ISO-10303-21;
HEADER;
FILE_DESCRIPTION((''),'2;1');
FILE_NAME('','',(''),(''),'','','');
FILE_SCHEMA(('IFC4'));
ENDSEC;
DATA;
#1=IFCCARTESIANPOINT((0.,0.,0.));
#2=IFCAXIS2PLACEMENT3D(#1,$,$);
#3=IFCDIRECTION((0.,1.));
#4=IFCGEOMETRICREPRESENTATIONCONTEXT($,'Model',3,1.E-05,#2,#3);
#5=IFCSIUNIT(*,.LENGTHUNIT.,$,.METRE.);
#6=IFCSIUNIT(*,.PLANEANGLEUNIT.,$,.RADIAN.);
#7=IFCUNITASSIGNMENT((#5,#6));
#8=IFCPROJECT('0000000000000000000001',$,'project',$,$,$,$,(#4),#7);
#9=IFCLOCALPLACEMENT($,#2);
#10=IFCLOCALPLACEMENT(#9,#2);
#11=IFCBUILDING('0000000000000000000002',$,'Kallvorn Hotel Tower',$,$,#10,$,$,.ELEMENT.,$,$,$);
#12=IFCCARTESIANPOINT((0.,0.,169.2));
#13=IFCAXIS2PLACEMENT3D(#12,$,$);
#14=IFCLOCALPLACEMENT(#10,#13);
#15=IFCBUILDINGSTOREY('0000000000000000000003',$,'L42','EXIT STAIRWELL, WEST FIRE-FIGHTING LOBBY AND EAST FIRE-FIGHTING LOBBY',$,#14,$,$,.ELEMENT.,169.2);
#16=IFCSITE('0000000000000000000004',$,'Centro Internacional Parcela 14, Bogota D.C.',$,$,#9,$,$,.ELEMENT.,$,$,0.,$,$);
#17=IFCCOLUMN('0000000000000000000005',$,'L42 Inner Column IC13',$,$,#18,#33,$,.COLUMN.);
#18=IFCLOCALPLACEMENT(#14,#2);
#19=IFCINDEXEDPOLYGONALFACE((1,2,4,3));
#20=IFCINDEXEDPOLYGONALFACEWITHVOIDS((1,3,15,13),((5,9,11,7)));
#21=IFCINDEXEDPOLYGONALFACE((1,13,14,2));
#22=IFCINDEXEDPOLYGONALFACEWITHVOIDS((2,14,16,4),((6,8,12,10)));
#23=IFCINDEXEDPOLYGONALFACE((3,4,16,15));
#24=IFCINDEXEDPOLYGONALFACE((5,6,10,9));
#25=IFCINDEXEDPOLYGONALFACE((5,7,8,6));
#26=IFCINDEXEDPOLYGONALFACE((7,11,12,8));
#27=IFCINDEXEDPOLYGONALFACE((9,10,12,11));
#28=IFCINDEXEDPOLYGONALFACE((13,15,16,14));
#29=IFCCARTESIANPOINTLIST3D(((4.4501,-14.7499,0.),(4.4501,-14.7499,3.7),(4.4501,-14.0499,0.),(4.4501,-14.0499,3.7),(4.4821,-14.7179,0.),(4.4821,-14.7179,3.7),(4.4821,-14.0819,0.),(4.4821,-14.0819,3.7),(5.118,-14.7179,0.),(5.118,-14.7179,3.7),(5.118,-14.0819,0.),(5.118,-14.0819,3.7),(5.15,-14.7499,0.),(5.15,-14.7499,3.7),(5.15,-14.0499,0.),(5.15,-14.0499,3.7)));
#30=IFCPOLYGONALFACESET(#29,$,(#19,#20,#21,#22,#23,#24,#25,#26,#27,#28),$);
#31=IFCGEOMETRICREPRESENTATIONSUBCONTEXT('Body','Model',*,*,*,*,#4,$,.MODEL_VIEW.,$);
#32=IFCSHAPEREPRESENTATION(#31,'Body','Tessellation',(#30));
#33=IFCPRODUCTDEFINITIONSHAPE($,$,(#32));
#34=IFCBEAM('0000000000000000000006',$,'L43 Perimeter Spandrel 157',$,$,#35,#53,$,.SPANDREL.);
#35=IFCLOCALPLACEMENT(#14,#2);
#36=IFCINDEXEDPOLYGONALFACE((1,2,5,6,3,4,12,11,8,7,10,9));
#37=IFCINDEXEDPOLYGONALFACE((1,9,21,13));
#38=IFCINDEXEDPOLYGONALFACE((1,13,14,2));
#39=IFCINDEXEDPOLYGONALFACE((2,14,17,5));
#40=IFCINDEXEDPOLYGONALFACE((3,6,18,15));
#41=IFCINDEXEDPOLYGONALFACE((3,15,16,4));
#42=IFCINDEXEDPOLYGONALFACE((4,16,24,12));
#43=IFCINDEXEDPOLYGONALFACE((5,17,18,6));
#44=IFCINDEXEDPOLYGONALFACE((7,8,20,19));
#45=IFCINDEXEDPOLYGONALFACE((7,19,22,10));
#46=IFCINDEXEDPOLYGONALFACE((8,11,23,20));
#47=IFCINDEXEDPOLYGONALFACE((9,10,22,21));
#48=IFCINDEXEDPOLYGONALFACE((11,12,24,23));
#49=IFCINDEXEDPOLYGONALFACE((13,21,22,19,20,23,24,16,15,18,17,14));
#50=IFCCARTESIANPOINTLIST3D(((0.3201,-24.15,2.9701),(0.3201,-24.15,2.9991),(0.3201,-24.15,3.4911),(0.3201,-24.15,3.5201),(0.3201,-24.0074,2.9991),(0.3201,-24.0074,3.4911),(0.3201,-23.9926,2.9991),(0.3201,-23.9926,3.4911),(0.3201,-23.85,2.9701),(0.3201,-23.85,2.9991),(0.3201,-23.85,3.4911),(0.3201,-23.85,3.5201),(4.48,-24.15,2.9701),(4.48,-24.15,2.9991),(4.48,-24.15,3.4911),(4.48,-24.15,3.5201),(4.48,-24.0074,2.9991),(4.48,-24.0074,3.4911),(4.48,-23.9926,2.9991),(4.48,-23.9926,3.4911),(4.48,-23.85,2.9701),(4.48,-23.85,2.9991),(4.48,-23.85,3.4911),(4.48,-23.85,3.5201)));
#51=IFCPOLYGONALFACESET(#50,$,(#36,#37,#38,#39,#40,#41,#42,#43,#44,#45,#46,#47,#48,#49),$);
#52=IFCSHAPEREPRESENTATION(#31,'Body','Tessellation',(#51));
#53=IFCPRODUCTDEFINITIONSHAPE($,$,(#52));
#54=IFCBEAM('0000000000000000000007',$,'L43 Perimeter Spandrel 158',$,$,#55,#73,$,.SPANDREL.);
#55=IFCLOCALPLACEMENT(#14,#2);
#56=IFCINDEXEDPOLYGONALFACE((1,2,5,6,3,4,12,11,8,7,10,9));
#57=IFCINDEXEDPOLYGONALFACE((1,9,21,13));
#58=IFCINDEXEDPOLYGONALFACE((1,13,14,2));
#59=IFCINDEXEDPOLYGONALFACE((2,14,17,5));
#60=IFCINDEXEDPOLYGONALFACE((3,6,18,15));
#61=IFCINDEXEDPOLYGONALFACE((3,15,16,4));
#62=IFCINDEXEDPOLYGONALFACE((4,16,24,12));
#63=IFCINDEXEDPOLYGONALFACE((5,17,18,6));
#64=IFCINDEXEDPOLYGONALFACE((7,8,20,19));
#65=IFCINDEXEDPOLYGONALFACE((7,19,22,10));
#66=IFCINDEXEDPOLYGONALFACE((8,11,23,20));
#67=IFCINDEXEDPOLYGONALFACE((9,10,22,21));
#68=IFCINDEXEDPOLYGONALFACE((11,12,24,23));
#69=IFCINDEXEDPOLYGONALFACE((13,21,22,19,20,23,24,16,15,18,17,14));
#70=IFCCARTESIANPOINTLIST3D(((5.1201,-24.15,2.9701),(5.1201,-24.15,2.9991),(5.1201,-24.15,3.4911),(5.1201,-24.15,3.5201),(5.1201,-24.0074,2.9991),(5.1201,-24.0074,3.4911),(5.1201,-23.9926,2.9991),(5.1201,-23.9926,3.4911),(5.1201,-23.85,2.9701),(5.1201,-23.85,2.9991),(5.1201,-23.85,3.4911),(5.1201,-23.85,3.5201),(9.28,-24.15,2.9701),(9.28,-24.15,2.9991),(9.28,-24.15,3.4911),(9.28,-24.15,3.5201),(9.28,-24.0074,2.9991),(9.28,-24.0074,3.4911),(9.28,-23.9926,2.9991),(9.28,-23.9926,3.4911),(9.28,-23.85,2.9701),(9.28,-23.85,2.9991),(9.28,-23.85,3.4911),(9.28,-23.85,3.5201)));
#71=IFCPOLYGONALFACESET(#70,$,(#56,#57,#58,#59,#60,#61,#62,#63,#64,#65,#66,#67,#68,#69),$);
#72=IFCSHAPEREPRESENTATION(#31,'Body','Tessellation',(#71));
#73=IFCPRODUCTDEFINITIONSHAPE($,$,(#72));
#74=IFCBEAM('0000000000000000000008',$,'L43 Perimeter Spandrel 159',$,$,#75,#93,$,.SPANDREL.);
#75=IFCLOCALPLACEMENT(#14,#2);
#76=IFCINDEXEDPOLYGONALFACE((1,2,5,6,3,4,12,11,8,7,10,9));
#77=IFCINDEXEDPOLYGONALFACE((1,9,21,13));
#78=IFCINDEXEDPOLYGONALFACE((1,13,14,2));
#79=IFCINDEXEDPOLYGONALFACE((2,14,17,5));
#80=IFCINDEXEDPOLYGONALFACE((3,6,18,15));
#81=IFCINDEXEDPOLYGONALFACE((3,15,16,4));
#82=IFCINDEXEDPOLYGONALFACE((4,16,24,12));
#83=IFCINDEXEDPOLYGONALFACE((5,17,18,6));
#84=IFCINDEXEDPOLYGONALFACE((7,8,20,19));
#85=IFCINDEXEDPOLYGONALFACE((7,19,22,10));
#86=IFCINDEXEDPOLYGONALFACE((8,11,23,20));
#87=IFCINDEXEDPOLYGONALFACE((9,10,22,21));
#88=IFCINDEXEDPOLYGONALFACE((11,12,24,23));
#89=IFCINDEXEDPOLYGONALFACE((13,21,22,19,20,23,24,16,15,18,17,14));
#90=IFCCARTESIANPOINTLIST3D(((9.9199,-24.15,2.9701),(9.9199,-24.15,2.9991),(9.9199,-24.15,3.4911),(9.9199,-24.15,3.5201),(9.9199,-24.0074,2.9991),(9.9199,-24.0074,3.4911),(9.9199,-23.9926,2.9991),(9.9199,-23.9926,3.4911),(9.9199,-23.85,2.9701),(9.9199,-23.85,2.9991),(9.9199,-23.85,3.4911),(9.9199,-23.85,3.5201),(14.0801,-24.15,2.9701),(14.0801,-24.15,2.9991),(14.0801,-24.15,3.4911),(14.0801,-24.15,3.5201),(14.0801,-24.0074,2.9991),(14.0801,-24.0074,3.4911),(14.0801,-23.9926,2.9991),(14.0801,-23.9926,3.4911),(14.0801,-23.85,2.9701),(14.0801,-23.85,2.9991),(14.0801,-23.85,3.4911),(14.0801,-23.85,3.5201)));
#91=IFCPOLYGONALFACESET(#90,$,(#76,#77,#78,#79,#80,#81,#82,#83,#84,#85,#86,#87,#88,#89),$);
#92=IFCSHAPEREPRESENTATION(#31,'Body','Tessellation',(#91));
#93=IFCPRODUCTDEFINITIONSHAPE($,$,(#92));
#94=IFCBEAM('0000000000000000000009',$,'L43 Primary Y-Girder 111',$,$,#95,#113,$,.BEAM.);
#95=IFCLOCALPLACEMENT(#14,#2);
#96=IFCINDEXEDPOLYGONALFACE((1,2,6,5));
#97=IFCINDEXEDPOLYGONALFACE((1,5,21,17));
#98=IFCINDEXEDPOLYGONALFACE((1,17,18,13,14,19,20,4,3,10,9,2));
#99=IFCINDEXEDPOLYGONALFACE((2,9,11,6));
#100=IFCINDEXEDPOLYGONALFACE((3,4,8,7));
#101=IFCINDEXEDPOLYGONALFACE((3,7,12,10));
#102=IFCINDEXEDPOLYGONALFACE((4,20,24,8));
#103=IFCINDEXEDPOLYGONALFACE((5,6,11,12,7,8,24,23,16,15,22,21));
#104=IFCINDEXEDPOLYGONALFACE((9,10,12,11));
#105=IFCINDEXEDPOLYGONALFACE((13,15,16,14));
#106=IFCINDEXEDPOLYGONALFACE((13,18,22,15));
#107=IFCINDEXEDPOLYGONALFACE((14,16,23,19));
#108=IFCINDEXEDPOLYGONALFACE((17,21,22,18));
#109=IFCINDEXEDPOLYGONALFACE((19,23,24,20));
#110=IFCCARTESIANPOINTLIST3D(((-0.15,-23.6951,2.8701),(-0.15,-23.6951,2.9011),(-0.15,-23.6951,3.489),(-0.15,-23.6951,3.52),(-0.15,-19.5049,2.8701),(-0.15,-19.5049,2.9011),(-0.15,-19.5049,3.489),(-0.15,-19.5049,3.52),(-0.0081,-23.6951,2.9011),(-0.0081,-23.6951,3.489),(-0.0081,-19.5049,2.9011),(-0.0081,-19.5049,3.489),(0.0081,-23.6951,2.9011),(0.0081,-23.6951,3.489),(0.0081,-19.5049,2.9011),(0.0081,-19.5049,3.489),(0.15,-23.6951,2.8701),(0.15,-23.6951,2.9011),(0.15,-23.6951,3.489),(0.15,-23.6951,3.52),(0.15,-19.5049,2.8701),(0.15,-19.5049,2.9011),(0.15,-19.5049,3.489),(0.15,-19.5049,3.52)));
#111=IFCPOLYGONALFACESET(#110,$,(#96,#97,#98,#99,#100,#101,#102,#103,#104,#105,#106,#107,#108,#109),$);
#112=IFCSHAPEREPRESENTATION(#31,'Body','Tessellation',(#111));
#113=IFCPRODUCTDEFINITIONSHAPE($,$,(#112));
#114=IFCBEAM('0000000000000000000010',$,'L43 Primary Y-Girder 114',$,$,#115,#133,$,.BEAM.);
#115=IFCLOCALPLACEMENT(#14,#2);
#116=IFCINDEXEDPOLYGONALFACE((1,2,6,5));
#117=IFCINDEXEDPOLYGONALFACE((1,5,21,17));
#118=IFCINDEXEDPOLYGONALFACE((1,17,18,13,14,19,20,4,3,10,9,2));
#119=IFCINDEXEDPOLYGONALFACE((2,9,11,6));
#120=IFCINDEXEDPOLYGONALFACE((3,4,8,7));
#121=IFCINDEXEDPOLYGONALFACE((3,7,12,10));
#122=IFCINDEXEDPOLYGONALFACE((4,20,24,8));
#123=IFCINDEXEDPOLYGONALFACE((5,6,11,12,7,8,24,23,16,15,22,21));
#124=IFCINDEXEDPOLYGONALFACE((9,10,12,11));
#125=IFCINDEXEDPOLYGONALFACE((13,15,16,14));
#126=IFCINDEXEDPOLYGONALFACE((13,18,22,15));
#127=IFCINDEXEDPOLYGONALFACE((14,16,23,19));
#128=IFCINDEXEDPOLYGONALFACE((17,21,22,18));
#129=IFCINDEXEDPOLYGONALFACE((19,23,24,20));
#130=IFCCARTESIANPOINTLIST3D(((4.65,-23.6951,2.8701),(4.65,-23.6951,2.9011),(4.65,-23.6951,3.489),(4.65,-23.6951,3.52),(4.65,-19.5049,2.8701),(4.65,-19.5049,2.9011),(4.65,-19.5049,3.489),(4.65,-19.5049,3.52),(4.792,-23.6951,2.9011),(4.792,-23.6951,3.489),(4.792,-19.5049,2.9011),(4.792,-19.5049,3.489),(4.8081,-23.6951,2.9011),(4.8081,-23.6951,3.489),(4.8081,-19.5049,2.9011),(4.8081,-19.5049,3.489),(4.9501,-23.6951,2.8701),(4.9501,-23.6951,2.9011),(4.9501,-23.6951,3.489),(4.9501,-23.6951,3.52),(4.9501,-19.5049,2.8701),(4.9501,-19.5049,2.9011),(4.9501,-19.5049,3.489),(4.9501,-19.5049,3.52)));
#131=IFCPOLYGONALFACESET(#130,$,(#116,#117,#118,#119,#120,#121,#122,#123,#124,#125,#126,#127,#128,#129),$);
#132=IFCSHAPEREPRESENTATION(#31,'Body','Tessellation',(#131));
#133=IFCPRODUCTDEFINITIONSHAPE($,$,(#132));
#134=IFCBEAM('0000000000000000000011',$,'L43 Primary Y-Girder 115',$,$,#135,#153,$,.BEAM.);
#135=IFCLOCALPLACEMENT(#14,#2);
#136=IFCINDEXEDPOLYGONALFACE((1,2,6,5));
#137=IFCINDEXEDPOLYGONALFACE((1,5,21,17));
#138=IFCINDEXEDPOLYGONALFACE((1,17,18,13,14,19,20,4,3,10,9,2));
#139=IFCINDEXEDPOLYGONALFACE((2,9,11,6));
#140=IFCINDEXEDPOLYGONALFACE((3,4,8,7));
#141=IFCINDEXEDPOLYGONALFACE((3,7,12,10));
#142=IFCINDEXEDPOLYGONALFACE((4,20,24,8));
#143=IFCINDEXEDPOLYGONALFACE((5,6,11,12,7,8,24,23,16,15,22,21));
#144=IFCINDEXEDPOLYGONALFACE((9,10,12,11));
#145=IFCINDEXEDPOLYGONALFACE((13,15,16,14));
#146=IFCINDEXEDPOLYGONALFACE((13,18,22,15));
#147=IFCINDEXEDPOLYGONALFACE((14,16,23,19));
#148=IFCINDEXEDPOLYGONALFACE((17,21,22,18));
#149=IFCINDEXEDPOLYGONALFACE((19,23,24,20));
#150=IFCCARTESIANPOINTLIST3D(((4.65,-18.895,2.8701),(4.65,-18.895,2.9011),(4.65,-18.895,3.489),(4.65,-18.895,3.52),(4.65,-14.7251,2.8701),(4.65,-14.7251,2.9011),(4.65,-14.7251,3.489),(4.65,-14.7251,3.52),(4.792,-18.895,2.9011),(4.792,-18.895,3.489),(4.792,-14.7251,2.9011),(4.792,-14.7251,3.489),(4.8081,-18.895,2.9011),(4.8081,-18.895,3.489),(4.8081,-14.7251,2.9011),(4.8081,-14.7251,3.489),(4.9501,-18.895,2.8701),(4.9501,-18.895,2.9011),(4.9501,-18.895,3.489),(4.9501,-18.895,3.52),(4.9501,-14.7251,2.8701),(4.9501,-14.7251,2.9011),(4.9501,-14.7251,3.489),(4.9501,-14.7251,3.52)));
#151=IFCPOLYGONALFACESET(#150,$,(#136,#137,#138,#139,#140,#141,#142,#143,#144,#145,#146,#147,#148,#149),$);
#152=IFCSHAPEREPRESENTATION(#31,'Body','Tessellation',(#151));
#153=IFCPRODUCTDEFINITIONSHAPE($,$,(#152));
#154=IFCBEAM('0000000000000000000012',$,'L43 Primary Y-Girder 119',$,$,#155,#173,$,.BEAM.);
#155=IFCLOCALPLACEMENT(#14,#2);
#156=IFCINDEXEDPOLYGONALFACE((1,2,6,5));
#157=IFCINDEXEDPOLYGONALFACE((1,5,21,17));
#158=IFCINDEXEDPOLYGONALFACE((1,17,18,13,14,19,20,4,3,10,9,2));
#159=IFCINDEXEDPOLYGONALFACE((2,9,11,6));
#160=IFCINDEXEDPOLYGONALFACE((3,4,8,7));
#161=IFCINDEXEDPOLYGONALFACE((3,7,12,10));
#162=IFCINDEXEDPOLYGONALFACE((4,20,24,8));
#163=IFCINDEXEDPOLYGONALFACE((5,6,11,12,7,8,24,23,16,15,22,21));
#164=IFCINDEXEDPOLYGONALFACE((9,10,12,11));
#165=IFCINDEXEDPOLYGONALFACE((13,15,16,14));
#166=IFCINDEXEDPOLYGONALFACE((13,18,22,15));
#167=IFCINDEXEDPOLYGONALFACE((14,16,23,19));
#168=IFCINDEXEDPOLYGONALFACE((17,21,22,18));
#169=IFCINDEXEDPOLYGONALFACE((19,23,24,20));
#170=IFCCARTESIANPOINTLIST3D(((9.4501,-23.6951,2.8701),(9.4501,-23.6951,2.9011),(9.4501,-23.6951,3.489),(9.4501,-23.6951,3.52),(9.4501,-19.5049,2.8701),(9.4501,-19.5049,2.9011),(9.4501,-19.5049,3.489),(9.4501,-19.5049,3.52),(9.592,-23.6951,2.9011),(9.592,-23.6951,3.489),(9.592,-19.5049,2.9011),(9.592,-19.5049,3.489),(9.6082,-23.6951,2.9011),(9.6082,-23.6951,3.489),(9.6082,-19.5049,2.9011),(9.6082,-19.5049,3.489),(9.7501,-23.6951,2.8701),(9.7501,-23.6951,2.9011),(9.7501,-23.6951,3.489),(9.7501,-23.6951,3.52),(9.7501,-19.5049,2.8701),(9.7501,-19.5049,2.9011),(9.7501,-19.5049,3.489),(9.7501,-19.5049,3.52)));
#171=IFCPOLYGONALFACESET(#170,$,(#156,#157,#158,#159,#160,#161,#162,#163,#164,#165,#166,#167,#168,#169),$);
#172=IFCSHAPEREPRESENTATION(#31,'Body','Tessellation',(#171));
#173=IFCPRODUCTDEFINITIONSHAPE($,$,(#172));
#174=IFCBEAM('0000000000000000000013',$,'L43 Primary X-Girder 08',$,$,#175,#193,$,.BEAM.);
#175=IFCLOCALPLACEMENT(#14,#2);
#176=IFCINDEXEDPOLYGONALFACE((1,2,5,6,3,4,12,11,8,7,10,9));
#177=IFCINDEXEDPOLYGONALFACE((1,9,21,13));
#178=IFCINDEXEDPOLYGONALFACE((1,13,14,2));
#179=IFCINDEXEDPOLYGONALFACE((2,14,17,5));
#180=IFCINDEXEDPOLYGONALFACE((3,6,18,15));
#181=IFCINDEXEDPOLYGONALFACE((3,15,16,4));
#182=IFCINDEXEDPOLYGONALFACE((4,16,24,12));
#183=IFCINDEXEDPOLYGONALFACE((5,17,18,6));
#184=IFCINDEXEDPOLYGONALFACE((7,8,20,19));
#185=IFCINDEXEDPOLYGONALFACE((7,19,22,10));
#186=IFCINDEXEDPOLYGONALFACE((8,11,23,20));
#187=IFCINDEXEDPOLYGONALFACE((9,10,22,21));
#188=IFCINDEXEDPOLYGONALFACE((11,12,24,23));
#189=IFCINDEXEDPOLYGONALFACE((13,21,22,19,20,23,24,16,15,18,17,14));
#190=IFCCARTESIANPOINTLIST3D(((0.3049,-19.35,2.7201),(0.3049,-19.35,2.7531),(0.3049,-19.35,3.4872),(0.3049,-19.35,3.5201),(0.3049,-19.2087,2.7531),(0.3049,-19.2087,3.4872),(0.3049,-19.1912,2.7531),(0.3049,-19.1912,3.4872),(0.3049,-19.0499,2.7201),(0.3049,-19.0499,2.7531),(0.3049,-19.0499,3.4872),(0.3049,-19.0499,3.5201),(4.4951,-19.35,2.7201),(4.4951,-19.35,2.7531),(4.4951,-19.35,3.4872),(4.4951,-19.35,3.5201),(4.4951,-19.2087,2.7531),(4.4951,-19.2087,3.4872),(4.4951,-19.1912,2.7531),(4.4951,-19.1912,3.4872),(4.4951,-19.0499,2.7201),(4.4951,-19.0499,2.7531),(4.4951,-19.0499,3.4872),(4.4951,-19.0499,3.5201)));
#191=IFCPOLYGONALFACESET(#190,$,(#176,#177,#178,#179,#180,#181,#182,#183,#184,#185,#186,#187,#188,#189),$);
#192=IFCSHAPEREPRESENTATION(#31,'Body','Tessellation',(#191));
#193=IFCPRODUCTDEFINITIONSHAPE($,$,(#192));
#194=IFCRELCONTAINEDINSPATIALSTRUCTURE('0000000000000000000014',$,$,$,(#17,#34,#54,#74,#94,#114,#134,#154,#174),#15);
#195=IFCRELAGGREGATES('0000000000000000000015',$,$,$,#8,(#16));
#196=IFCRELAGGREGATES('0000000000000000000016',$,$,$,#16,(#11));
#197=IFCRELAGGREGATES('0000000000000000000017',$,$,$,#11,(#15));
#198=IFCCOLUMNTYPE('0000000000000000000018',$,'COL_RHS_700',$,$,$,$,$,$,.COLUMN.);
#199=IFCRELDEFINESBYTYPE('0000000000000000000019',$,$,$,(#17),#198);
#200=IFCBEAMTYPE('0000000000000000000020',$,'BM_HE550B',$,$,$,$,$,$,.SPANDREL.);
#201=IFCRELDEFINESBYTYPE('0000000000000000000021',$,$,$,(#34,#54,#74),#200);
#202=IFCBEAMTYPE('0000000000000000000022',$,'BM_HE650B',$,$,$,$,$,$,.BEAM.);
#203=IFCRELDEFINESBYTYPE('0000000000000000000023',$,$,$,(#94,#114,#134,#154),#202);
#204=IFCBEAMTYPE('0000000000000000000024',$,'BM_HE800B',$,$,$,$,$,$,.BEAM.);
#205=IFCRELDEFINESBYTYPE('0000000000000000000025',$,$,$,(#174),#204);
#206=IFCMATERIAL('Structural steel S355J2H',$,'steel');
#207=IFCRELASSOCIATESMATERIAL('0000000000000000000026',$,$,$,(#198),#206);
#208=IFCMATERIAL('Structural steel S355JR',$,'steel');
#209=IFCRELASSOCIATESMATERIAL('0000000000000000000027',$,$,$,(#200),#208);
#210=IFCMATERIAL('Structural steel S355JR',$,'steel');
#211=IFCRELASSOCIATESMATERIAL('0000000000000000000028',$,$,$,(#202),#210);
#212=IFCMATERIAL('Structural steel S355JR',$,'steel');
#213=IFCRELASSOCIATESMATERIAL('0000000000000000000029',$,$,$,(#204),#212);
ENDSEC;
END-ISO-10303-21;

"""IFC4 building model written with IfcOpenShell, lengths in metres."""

from ifc_helpers import new_model, si_unit, direction, frame, origin, origin_2d, place, context, subcontext, project, spatial, hollow_rectangle, i_section, extrude, material, material_profile, profile_set, type_object, element, save


model = new_model("IFC4")

# Units and contexts
model_context = context("Model", 3, precision=1e-05, world=origin(), true_north=direction((0.0, 1.0)))
body_context = subcontext(model_context, "Body", "Model", "MODEL_VIEW")
ifc_project = project(units=[si_unit("LENGTHUNIT", "METRE"), si_unit("PLANEANGLEUNIT", "RADIAN")], contexts=[model_context])

# Site, building, storey
site_placement = place(None, origin())
site = spatial("IfcSite", under=ifc_project, at=site_placement, Name="Centro Internacional Parcela 14, Bogota D.C.", CompositionType="ELEMENT", RefElevation=0.0)
building_placement = place(site_placement, origin())
building = spatial("IfcBuilding", under=site, at=building_placement, Name="Kallvorn Hotel Tower", CompositionType="ELEMENT")
storey_placement = place(building_placement, frame((0.0, 0.0, 169.2)))
storey = spatial("IfcBuildingStorey", under=building, at=storey_placement, Name="L42", Description="EXIT STAIRWELL, WEST FIRE-FIGHTING LOBBY AND EAST FIRE-FIGHTING LOBBY", CompositionType="ELEMENT", Elevation=169.2)

# Column
ifc_material_1 = material(Name="Structural steel S355J2H", Category="steel")
ifc_material_profile_1 = material_profile(ifc_material_1, hollow_rectangle(XDim=0.7, YDim=0.7, WallThickness=0.032, at=origin_2d()), Name="RHS 700x700x32")
ifc_profile_set_1 = profile_set([ifc_material_profile_1], Name="Structural steel S355J2H")
column_type_1 = type_object("IfcColumnType", Name="COL_RHS_700", PredefinedType="COLUMN", material=ifc_profile_set_1)
column_placement = place(storey_placement, frame((4.8, -14.3999, 0.0), z_axis=(0.0, 0.0, 1.0), x_axis=(1.0, 0.0, 0.0)))
element("IfcColumn", 1, at=column_placement, inside=storey, type_object=column_type_1, Name="L42 Inner Column IC13", PredefinedType="COLUMN", context=body_context, shape_type="SweptSolid", body=[
    extrude(hollow_rectangle(XDim=0.7, YDim=0.7, WallThickness=0.032, at=origin_2d()), origin(), (0.0, 0.0, 1.0), 3.7),
])

# Beams
ifc_material_2 = material(Name="Structural steel S355JR", Category="steel")
ifc_material_profile_2 = material_profile(ifc_material_2, i_section(OverallWidth=0.3, OverallDepth=0.55, WebThickness=0.0149, FlangeThickness=0.0291, at=origin_2d()), Name="HE 550 B")
ifc_profile_set_2 = profile_set([ifc_material_profile_2], Name="Structural steel S355JR")
beam_type_1 = type_object("IfcBeamType", Name="BM_HE550B", PredefinedType="SPANDREL", material=ifc_profile_set_2)
for number, where, z_axis, x_axis, name in (
    (2, (0.3201, -24.0, 3.2451), (1.0, 0.0, 0.0), (0.0, 1.0, 0.0), "L43 Perimeter Spandrel 157"),
    (3, (5.1201, -24.0, 3.2451), (1.0, 0.0, 0.0), (0.0, 1.0, 0.0), "L43 Perimeter Spandrel 158"),
):
    element("IfcBeam", number, at=place(storey_placement, frame(where, z_axis=z_axis, x_axis=x_axis)), inside=storey, type_object=beam_type_1, Name=name, PredefinedType="SPANDREL", context=body_context, shape_type="SweptSolid", body=[
        extrude(i_section(OverallWidth=0.3, OverallDepth=0.55, WebThickness=0.0149, FlangeThickness=0.0291, at=origin_2d()), origin(), (0.0, 0.0, 1.0), 4.1599),
    ])
beam_1_placement = place(storey_placement, frame((9.9199, -24.0, 3.2451), z_axis=(1.0, 0.0, 0.0), x_axis=(0.0, 1.0, 0.0)))
element("IfcBeam", 4, at=beam_1_placement, inside=storey, type_object=beam_type_1, Name="L43 Perimeter Spandrel 159", PredefinedType="SPANDREL", context=body_context, shape_type="SweptSolid", body=[
    extrude(i_section(OverallWidth=0.3, OverallDepth=0.55, WebThickness=0.0149, FlangeThickness=0.0291, at=origin_2d()), origin(), (0.0, 0.0, 1.0), 4.1602),
])
ifc_material_3 = material(Name="Structural steel S355JR", Category="steel")
ifc_material_profile_3 = material_profile(ifc_material_3, i_section(OverallWidth=0.3, OverallDepth=0.6499, WebThickness=0.0161, FlangeThickness=0.031, at=origin_2d()), Name="HE 650 B")
ifc_profile_set_3 = profile_set([ifc_material_profile_3], Name="Structural steel S355JR")
beam_type_2 = type_object("IfcBeamType", Name="BM_HE650B", PredefinedType="BEAM", material=ifc_profile_set_3)
for number, where, z_axis, x_axis, name in (
    (5, (0.0, -23.6951, 3.1951), (0.0, 1.0, 0.0), (-1.0, 0.0, 0.0), "L43 Primary Y-Girder 111"),
    (6, (4.8, -23.6951, 3.1951), (0.0, 1.0, 0.0), (-1.0, 0.0, 0.0), "L43 Primary Y-Girder 114"),
):
    element("IfcBeam", number, at=place(storey_placement, frame(where, z_axis=z_axis, x_axis=x_axis)), inside=storey, type_object=beam_type_2, Name=name, PredefinedType="BEAM", context=body_context, shape_type="SweptSolid", body=[
        extrude(i_section(OverallWidth=0.3, OverallDepth=0.6499, WebThickness=0.0161, FlangeThickness=0.031, at=origin_2d()), origin(), (0.0, 0.0, 1.0), 4.1902),
    ])
beam_2_placement = place(storey_placement, frame((4.8, -18.895, 3.1951), z_axis=(0.0, 1.0, 0.0), x_axis=(-1.0, 0.0, 0.0)))
element("IfcBeam", 7, at=beam_2_placement, inside=storey, type_object=beam_type_2, Name="L43 Primary Y-Girder 115", PredefinedType="BEAM", context=body_context, shape_type="SweptSolid", body=[
    extrude(i_section(OverallWidth=0.3, OverallDepth=0.6499, WebThickness=0.0161, FlangeThickness=0.031, at=origin_2d()), origin(), (0.0, 0.0, 1.0), 4.1699),
])
beam_3_placement = place(storey_placement, frame((9.6001, -23.6951, 3.1951), z_axis=(0.0, 1.0, 0.0), x_axis=(-1.0, 0.0, 0.0)))
element("IfcBeam", 8, at=beam_3_placement, inside=storey, type_object=beam_type_2, Name="L43 Primary Y-Girder 119", PredefinedType="BEAM", context=body_context, shape_type="SweptSolid", body=[
    extrude(i_section(OverallWidth=0.3, OverallDepth=0.6499, WebThickness=0.0161, FlangeThickness=0.031, at=origin_2d()), origin(), (0.0, 0.0, 1.0), 4.1902),
])
ifc_material_4 = material(Name="Structural steel S355JR", Category="steel")
ifc_material_profile_4 = material_profile(ifc_material_4, i_section(OverallWidth=0.3, OverallDepth=0.8, WebThickness=0.0176, FlangeThickness=0.033, at=origin_2d()), Name="HE 800 B")
ifc_profile_set_4 = profile_set([ifc_material_profile_4], Name="Structural steel S355JR")
beam_type_3 = type_object("IfcBeamType", Name="BM_HE800B", PredefinedType="BEAM", material=ifc_profile_set_4)
beam_4_placement = place(storey_placement, frame((0.3049, -19.2, 3.1201), z_axis=(1.0, 0.0, 0.0), x_axis=(0.0, 1.0, 0.0)))
element("IfcBeam", 9, at=beam_4_placement, inside=storey, type_object=beam_type_3, Name="L43 Primary X-Girder 08", PredefinedType="BEAM", context=body_context, shape_type="SweptSolid", body=[
    extrude(i_section(OverallWidth=0.3, OverallDepth=0.8, WebThickness=0.0176, FlangeThickness=0.033, at=origin_2d()), origin(), (0.0, 0.0, 1.0), 4.1902),
])

save(model, "model.ifc")
